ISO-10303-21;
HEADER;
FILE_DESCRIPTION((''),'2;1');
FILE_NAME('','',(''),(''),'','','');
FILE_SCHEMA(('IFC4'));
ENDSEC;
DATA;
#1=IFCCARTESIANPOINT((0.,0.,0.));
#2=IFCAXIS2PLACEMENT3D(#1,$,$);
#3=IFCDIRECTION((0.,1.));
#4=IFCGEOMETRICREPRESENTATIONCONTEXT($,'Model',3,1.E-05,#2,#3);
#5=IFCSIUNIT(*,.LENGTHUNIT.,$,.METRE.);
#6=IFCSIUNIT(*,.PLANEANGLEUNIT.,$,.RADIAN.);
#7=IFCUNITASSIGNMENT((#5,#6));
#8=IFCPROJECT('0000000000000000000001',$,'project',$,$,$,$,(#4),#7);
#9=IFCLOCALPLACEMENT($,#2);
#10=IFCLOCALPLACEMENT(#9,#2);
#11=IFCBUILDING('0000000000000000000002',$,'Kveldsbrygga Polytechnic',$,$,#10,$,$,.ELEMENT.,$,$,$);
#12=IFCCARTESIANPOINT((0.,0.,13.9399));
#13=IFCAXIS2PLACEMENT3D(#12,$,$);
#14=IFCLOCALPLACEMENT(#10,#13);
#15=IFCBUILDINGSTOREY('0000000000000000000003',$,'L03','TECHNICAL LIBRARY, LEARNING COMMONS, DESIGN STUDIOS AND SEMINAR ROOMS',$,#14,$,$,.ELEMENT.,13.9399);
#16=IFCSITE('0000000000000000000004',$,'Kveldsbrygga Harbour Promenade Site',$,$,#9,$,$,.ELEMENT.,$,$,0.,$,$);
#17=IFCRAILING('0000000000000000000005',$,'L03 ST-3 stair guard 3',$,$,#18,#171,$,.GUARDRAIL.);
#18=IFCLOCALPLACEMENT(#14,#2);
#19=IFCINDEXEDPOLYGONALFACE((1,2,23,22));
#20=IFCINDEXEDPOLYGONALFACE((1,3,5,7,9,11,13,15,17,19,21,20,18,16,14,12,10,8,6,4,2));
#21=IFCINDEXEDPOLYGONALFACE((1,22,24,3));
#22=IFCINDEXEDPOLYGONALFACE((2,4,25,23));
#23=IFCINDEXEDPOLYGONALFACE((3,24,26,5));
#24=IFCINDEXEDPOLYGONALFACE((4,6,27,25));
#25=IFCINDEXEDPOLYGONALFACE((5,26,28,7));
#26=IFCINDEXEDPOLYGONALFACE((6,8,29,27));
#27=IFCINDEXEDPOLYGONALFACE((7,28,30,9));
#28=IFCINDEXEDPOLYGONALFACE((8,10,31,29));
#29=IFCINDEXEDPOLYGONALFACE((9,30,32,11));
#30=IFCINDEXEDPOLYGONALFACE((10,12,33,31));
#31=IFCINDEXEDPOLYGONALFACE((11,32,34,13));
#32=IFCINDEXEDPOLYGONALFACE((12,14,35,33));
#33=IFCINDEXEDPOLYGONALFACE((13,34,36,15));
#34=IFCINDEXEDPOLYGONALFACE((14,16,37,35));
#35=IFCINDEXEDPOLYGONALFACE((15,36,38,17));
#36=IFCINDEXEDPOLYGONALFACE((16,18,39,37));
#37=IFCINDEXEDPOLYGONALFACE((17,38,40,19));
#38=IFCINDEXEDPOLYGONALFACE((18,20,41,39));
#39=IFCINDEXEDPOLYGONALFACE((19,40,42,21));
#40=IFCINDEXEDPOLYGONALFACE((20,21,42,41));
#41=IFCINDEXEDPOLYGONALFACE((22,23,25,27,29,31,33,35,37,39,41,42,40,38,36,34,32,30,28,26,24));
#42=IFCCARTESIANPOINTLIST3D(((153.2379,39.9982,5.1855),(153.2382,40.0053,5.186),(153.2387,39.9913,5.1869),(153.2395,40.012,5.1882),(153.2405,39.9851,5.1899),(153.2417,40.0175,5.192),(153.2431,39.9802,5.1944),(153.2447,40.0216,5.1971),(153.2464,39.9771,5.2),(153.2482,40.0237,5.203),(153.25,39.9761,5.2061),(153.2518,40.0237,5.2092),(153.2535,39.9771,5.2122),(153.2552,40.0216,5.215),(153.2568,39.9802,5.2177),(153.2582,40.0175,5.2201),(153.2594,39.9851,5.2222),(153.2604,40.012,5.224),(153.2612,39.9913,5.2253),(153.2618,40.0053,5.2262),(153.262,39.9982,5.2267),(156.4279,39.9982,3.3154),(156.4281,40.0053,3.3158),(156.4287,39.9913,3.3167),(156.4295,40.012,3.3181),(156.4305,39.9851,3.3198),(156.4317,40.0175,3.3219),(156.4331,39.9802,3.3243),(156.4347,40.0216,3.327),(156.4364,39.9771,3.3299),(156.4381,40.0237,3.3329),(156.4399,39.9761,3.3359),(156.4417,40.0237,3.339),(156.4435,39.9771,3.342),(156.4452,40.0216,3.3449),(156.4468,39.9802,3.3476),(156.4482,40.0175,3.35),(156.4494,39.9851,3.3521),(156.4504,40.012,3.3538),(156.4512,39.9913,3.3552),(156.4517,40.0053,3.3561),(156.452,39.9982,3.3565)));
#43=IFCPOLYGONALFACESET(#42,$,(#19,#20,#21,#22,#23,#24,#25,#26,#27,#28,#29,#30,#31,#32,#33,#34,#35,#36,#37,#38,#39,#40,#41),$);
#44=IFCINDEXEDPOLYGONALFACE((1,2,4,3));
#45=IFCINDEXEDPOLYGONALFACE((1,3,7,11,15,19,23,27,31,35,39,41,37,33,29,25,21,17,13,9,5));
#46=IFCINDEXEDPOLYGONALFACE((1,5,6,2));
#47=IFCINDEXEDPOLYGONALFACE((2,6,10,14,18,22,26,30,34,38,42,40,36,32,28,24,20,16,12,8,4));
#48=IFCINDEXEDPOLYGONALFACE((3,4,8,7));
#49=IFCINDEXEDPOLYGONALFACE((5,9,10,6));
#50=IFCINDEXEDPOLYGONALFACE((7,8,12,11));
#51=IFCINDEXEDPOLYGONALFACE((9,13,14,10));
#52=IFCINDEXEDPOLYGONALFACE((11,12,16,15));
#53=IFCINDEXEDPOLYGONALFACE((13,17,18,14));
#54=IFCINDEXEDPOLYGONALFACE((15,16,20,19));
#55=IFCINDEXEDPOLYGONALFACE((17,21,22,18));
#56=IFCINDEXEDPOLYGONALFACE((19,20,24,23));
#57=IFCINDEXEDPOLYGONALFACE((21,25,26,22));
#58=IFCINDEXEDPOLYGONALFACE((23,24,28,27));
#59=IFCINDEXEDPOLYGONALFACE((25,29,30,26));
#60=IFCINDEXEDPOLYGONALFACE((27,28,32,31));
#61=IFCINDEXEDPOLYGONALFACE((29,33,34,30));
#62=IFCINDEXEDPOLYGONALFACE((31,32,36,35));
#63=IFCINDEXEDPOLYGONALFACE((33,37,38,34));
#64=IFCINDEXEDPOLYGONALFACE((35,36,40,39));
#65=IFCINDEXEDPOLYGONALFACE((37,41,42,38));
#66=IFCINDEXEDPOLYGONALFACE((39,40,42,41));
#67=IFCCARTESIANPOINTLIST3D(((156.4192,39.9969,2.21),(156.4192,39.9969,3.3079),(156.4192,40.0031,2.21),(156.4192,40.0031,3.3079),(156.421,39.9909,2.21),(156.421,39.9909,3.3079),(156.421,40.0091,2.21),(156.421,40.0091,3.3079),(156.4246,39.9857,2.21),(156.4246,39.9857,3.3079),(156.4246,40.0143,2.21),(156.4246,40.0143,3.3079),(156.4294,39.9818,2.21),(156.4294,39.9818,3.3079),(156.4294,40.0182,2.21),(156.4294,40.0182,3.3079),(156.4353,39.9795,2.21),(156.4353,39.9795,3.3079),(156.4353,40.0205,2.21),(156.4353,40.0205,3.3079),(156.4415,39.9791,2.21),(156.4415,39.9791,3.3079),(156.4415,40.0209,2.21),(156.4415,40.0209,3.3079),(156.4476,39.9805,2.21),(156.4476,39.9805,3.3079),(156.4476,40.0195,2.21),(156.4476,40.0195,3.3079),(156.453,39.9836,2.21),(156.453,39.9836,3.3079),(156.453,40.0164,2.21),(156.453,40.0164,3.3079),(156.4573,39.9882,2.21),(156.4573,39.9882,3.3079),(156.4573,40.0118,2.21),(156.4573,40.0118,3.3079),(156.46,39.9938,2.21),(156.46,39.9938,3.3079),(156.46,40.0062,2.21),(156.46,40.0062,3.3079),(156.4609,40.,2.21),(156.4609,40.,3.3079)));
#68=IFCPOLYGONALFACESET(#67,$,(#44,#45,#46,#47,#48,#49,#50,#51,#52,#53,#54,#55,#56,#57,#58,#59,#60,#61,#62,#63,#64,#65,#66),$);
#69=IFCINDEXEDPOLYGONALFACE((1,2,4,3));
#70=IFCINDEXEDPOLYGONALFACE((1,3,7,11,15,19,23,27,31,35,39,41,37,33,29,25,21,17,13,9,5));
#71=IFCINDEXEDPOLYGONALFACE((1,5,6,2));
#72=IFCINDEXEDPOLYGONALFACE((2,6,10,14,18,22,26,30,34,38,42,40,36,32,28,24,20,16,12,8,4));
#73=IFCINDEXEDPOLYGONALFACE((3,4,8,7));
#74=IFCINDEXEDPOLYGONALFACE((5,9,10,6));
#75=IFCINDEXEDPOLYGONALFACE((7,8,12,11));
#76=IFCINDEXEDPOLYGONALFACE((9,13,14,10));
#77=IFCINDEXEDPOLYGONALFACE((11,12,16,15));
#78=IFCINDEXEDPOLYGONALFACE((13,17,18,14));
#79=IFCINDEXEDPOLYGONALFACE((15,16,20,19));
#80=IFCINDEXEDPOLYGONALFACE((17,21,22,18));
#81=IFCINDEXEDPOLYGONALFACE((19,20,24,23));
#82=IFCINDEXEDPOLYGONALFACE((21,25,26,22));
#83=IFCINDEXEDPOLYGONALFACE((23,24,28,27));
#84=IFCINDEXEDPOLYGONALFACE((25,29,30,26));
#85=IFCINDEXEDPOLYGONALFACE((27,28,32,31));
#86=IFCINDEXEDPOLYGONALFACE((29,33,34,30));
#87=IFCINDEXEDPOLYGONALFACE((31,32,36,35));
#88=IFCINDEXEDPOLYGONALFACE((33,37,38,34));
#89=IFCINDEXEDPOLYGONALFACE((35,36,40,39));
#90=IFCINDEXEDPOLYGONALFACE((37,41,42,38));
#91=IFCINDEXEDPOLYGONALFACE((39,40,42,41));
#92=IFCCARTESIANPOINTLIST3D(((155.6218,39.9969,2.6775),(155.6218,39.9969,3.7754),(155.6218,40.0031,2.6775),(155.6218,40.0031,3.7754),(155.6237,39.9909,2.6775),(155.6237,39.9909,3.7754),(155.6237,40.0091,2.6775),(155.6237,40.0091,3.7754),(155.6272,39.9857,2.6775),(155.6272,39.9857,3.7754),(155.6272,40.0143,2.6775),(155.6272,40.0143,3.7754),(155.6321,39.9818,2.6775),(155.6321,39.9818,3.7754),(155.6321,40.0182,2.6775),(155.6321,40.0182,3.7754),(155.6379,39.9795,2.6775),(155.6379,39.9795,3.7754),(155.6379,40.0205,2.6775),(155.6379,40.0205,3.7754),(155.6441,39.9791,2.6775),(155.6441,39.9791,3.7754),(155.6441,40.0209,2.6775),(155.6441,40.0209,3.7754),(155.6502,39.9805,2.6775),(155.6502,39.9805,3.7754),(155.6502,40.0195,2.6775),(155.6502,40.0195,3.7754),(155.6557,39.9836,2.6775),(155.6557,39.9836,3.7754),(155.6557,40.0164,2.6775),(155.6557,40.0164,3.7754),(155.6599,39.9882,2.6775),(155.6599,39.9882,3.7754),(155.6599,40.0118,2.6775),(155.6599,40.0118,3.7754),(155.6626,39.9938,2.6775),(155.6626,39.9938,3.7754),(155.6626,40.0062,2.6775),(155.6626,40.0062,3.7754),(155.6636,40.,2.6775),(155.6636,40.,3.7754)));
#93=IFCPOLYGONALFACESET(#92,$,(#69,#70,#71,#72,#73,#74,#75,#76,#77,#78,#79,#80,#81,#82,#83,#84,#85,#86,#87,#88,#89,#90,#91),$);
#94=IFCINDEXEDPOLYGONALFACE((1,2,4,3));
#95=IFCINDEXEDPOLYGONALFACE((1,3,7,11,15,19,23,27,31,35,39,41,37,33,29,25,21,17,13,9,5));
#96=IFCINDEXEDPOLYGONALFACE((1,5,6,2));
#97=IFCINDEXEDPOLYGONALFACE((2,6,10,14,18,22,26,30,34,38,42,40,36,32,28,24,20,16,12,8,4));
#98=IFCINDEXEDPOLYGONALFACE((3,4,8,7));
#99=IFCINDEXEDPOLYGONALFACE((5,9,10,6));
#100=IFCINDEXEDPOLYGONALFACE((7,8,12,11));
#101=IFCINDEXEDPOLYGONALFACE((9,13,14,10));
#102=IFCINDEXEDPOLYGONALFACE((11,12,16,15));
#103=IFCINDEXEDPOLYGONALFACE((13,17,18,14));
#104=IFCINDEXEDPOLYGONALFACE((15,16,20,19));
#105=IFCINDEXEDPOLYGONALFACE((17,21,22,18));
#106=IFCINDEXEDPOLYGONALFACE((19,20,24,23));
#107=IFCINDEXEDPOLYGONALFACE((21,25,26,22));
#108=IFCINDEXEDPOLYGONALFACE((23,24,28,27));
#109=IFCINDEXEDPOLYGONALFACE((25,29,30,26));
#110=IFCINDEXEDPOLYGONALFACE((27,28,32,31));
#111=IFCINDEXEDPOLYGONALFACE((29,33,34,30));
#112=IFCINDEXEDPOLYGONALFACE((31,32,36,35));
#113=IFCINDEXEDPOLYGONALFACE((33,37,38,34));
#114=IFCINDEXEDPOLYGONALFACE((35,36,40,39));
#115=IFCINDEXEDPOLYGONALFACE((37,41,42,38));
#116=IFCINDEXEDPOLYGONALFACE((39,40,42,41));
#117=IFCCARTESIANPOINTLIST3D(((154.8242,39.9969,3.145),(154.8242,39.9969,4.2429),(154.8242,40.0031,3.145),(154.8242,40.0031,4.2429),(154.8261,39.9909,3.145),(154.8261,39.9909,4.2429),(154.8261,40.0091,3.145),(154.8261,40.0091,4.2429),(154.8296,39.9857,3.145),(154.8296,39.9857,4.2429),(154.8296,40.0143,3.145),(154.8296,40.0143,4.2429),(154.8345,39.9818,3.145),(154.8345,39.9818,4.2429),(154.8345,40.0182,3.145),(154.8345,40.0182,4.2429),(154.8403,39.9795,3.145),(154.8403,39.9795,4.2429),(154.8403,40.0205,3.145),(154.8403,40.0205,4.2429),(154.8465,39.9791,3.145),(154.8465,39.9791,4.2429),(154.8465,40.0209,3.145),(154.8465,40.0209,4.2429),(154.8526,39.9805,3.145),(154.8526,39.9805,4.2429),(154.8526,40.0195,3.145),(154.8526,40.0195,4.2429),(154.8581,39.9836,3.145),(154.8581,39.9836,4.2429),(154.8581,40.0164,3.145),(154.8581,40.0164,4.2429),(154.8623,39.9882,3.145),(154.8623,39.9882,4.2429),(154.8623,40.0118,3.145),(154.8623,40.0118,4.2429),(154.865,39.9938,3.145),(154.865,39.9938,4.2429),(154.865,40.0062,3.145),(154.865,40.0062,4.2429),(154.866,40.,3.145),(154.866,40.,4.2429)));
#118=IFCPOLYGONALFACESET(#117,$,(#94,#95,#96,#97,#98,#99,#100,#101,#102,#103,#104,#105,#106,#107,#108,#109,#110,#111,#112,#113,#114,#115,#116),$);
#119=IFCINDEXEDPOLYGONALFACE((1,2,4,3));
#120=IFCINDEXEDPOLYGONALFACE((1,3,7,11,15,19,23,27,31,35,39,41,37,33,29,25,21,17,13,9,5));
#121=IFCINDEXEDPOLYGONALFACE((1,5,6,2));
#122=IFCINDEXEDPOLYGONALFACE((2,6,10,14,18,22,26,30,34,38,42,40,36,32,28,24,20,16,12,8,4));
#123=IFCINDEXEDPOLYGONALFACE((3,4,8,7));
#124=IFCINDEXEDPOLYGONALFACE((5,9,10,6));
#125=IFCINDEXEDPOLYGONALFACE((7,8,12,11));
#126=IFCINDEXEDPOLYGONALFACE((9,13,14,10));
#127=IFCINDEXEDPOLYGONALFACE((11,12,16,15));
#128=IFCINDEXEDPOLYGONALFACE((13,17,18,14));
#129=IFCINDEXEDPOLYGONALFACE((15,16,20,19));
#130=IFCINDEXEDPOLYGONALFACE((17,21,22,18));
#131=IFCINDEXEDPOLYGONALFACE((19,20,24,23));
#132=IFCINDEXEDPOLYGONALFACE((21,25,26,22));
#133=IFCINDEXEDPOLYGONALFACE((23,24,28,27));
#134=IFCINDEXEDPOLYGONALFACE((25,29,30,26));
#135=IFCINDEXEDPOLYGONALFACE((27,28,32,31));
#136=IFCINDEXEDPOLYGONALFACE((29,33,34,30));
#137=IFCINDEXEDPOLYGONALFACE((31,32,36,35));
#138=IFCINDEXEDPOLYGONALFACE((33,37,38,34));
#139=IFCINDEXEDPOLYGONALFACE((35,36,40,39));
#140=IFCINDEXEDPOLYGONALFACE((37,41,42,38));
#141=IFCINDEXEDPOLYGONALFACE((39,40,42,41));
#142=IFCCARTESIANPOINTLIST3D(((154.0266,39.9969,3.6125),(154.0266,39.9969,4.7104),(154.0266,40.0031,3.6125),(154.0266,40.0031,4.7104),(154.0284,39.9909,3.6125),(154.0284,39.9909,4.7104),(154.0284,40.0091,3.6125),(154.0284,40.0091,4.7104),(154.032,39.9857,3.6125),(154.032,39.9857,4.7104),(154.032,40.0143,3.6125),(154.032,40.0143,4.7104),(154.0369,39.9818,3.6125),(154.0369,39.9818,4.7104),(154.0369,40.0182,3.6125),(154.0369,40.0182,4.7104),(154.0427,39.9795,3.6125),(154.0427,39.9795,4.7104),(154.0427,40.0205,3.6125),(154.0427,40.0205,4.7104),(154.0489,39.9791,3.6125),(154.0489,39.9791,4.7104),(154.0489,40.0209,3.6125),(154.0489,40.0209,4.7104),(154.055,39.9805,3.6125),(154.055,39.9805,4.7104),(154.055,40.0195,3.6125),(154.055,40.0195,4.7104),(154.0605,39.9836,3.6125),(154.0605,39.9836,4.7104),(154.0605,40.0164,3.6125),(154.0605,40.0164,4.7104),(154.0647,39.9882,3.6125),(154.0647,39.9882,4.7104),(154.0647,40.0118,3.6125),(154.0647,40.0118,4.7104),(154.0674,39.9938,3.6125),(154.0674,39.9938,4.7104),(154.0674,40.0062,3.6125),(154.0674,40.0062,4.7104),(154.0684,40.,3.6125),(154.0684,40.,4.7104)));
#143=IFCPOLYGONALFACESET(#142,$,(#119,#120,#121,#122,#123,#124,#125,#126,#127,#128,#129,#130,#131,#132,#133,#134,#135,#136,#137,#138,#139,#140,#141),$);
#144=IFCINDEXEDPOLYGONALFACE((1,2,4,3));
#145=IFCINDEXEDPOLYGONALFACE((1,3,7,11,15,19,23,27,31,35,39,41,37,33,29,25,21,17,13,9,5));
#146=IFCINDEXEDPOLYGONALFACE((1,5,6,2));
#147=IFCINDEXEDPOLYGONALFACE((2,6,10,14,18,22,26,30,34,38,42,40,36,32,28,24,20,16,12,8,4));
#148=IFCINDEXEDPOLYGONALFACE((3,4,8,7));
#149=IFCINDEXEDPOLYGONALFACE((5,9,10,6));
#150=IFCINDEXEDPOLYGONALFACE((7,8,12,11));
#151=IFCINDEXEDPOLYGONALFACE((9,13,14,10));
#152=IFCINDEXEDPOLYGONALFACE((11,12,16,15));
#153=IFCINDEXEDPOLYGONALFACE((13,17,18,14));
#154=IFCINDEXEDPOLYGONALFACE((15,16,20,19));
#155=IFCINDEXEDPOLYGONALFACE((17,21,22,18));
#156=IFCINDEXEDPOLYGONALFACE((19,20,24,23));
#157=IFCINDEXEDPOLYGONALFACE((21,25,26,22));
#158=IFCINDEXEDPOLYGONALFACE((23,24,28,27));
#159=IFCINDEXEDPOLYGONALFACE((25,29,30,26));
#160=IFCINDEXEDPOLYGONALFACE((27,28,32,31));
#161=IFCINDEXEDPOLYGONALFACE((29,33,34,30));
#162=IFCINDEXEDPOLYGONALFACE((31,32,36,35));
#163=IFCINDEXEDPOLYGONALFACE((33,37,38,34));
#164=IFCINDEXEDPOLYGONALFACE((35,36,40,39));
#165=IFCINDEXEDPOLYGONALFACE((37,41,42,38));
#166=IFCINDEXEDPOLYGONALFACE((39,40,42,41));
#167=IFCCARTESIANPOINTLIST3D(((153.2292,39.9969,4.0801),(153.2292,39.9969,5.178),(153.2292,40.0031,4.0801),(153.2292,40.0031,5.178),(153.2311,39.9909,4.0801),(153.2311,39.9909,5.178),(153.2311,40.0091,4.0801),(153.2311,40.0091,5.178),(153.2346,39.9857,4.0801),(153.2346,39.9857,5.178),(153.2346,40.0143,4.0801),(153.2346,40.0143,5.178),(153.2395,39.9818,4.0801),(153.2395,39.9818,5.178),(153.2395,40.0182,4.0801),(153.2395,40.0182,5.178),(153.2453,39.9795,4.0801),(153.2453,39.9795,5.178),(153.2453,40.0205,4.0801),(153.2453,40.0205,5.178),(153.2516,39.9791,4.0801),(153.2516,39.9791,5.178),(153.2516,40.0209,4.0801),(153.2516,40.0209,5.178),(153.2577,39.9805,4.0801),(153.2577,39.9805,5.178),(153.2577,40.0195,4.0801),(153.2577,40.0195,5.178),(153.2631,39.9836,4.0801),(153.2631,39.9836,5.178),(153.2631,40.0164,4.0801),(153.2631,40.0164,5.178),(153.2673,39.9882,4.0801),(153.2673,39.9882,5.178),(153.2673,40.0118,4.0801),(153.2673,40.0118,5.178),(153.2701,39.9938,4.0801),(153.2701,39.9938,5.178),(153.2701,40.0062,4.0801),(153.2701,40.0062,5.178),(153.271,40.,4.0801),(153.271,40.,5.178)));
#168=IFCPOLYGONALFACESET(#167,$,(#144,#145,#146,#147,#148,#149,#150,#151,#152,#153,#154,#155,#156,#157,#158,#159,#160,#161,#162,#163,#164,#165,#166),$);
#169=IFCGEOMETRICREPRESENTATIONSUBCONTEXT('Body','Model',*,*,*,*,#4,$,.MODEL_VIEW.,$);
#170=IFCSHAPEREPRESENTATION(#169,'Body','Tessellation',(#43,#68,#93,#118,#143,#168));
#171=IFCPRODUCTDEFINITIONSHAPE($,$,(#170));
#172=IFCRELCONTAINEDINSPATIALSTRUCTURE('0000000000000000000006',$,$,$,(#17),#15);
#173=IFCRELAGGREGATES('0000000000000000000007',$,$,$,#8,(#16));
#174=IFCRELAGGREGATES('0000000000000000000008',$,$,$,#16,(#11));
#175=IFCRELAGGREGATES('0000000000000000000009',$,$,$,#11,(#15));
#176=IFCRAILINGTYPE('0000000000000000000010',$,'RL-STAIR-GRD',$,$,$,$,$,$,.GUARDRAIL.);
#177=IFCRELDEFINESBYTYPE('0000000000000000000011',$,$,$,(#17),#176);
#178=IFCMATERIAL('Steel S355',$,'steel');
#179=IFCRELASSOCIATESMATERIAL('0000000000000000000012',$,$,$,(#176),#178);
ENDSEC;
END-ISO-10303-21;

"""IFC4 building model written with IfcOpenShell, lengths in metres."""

from ifc_helpers import new_model, si_unit, direction, frame, origin, origin_2d, place, context, subcontext, project, spatial, circle, extrude, material, type_object, element, save


model = new_model("IFC4")

# Units and contexts
model_context = context("Model", 3, precision=1e-05, world=origin(), true_north=direction((0.0, 1.0)))
body_context = subcontext(model_context, "Body", "Model", "MODEL_VIEW")
ifc_project = project(units=[si_unit("LENGTHUNIT", "METRE"), si_unit("PLANEANGLEUNIT", "RADIAN")], contexts=[model_context])

# Site, building, storey
site_placement = place(None, origin())
site = spatial("IfcSite", under=ifc_project, at=site_placement, Name="Kveldsbrygga Harbour Promenade Site", CompositionType="ELEMENT", RefElevation=0.0)
building_placement = place(site_placement, origin())
building = spatial("IfcBuilding", under=site, at=building_placement, Name="Kveldsbrygga Polytechnic", CompositionType="ELEMENT")
storey_placement = place(building_placement, frame((0.0, 0.0, 13.9399)))
storey = spatial("IfcBuildingStorey", under=building, at=storey_placement, Name="L03", Description="TECHNICAL LIBRARY, LEARNING COMMONS, DESIGN STUDIOS AND SEMINAR ROOMS", CompositionType="ELEMENT", Elevation=13.9399)

# Railing
ifc_material_1 = material(Name="Steel S355", Category="steel")
railing_type_1 = type_object("IfcRailingType", Name="RL-STAIR-GRD", PredefinedType="GUARDRAIL", material=ifc_material_1)
railing_1_placement = place(storey_placement, frame((156.4399, 40.0, 2.21)))
element("IfcRailing", 1, at=railing_1_placement, inside=storey, type_object=railing_type_1, Name="L03 ST-3 stair guard 3", PredefinedType="GUARDRAIL", context=body_context, shape_type="SweptSolid", body=[
    extrude(circle(Radius=0.0239, at=origin_2d()), frame((0.0, 0.0, 1.126), z_axis=(-0.86268, 0.0, 0.50575), x_axis=(0.0, -1.0, 0.0)), (0.0, 0.0, 1.0), 3.6978),
    extrude(circle(Radius=0.021, at=origin_2d()), origin(), (0.0, 0.0, 1.0), 1.0979),
    extrude(circle(Radius=0.021, at=origin_2d()), frame((-0.7974, 0.0, 0.4675)), (0.0, 0.0, 1.0), 1.0979),
    extrude(circle(Radius=0.021, at=origin_2d()), frame((-1.595, 0.0, 0.9351)), (0.0, 0.0, 1.0), 1.0979),
    extrude(circle(Radius=0.021, at=origin_2d()), frame((-2.3926, 0.0, 1.4026)), (0.0, 0.0, 1.0), 1.0979),
    extrude(circle(Radius=0.021, at=origin_2d()), frame((-3.1899, 0.0, 1.8701)), (0.0, 0.0, 1.0), 1.0979),
])

save(model, "model.ifc")
